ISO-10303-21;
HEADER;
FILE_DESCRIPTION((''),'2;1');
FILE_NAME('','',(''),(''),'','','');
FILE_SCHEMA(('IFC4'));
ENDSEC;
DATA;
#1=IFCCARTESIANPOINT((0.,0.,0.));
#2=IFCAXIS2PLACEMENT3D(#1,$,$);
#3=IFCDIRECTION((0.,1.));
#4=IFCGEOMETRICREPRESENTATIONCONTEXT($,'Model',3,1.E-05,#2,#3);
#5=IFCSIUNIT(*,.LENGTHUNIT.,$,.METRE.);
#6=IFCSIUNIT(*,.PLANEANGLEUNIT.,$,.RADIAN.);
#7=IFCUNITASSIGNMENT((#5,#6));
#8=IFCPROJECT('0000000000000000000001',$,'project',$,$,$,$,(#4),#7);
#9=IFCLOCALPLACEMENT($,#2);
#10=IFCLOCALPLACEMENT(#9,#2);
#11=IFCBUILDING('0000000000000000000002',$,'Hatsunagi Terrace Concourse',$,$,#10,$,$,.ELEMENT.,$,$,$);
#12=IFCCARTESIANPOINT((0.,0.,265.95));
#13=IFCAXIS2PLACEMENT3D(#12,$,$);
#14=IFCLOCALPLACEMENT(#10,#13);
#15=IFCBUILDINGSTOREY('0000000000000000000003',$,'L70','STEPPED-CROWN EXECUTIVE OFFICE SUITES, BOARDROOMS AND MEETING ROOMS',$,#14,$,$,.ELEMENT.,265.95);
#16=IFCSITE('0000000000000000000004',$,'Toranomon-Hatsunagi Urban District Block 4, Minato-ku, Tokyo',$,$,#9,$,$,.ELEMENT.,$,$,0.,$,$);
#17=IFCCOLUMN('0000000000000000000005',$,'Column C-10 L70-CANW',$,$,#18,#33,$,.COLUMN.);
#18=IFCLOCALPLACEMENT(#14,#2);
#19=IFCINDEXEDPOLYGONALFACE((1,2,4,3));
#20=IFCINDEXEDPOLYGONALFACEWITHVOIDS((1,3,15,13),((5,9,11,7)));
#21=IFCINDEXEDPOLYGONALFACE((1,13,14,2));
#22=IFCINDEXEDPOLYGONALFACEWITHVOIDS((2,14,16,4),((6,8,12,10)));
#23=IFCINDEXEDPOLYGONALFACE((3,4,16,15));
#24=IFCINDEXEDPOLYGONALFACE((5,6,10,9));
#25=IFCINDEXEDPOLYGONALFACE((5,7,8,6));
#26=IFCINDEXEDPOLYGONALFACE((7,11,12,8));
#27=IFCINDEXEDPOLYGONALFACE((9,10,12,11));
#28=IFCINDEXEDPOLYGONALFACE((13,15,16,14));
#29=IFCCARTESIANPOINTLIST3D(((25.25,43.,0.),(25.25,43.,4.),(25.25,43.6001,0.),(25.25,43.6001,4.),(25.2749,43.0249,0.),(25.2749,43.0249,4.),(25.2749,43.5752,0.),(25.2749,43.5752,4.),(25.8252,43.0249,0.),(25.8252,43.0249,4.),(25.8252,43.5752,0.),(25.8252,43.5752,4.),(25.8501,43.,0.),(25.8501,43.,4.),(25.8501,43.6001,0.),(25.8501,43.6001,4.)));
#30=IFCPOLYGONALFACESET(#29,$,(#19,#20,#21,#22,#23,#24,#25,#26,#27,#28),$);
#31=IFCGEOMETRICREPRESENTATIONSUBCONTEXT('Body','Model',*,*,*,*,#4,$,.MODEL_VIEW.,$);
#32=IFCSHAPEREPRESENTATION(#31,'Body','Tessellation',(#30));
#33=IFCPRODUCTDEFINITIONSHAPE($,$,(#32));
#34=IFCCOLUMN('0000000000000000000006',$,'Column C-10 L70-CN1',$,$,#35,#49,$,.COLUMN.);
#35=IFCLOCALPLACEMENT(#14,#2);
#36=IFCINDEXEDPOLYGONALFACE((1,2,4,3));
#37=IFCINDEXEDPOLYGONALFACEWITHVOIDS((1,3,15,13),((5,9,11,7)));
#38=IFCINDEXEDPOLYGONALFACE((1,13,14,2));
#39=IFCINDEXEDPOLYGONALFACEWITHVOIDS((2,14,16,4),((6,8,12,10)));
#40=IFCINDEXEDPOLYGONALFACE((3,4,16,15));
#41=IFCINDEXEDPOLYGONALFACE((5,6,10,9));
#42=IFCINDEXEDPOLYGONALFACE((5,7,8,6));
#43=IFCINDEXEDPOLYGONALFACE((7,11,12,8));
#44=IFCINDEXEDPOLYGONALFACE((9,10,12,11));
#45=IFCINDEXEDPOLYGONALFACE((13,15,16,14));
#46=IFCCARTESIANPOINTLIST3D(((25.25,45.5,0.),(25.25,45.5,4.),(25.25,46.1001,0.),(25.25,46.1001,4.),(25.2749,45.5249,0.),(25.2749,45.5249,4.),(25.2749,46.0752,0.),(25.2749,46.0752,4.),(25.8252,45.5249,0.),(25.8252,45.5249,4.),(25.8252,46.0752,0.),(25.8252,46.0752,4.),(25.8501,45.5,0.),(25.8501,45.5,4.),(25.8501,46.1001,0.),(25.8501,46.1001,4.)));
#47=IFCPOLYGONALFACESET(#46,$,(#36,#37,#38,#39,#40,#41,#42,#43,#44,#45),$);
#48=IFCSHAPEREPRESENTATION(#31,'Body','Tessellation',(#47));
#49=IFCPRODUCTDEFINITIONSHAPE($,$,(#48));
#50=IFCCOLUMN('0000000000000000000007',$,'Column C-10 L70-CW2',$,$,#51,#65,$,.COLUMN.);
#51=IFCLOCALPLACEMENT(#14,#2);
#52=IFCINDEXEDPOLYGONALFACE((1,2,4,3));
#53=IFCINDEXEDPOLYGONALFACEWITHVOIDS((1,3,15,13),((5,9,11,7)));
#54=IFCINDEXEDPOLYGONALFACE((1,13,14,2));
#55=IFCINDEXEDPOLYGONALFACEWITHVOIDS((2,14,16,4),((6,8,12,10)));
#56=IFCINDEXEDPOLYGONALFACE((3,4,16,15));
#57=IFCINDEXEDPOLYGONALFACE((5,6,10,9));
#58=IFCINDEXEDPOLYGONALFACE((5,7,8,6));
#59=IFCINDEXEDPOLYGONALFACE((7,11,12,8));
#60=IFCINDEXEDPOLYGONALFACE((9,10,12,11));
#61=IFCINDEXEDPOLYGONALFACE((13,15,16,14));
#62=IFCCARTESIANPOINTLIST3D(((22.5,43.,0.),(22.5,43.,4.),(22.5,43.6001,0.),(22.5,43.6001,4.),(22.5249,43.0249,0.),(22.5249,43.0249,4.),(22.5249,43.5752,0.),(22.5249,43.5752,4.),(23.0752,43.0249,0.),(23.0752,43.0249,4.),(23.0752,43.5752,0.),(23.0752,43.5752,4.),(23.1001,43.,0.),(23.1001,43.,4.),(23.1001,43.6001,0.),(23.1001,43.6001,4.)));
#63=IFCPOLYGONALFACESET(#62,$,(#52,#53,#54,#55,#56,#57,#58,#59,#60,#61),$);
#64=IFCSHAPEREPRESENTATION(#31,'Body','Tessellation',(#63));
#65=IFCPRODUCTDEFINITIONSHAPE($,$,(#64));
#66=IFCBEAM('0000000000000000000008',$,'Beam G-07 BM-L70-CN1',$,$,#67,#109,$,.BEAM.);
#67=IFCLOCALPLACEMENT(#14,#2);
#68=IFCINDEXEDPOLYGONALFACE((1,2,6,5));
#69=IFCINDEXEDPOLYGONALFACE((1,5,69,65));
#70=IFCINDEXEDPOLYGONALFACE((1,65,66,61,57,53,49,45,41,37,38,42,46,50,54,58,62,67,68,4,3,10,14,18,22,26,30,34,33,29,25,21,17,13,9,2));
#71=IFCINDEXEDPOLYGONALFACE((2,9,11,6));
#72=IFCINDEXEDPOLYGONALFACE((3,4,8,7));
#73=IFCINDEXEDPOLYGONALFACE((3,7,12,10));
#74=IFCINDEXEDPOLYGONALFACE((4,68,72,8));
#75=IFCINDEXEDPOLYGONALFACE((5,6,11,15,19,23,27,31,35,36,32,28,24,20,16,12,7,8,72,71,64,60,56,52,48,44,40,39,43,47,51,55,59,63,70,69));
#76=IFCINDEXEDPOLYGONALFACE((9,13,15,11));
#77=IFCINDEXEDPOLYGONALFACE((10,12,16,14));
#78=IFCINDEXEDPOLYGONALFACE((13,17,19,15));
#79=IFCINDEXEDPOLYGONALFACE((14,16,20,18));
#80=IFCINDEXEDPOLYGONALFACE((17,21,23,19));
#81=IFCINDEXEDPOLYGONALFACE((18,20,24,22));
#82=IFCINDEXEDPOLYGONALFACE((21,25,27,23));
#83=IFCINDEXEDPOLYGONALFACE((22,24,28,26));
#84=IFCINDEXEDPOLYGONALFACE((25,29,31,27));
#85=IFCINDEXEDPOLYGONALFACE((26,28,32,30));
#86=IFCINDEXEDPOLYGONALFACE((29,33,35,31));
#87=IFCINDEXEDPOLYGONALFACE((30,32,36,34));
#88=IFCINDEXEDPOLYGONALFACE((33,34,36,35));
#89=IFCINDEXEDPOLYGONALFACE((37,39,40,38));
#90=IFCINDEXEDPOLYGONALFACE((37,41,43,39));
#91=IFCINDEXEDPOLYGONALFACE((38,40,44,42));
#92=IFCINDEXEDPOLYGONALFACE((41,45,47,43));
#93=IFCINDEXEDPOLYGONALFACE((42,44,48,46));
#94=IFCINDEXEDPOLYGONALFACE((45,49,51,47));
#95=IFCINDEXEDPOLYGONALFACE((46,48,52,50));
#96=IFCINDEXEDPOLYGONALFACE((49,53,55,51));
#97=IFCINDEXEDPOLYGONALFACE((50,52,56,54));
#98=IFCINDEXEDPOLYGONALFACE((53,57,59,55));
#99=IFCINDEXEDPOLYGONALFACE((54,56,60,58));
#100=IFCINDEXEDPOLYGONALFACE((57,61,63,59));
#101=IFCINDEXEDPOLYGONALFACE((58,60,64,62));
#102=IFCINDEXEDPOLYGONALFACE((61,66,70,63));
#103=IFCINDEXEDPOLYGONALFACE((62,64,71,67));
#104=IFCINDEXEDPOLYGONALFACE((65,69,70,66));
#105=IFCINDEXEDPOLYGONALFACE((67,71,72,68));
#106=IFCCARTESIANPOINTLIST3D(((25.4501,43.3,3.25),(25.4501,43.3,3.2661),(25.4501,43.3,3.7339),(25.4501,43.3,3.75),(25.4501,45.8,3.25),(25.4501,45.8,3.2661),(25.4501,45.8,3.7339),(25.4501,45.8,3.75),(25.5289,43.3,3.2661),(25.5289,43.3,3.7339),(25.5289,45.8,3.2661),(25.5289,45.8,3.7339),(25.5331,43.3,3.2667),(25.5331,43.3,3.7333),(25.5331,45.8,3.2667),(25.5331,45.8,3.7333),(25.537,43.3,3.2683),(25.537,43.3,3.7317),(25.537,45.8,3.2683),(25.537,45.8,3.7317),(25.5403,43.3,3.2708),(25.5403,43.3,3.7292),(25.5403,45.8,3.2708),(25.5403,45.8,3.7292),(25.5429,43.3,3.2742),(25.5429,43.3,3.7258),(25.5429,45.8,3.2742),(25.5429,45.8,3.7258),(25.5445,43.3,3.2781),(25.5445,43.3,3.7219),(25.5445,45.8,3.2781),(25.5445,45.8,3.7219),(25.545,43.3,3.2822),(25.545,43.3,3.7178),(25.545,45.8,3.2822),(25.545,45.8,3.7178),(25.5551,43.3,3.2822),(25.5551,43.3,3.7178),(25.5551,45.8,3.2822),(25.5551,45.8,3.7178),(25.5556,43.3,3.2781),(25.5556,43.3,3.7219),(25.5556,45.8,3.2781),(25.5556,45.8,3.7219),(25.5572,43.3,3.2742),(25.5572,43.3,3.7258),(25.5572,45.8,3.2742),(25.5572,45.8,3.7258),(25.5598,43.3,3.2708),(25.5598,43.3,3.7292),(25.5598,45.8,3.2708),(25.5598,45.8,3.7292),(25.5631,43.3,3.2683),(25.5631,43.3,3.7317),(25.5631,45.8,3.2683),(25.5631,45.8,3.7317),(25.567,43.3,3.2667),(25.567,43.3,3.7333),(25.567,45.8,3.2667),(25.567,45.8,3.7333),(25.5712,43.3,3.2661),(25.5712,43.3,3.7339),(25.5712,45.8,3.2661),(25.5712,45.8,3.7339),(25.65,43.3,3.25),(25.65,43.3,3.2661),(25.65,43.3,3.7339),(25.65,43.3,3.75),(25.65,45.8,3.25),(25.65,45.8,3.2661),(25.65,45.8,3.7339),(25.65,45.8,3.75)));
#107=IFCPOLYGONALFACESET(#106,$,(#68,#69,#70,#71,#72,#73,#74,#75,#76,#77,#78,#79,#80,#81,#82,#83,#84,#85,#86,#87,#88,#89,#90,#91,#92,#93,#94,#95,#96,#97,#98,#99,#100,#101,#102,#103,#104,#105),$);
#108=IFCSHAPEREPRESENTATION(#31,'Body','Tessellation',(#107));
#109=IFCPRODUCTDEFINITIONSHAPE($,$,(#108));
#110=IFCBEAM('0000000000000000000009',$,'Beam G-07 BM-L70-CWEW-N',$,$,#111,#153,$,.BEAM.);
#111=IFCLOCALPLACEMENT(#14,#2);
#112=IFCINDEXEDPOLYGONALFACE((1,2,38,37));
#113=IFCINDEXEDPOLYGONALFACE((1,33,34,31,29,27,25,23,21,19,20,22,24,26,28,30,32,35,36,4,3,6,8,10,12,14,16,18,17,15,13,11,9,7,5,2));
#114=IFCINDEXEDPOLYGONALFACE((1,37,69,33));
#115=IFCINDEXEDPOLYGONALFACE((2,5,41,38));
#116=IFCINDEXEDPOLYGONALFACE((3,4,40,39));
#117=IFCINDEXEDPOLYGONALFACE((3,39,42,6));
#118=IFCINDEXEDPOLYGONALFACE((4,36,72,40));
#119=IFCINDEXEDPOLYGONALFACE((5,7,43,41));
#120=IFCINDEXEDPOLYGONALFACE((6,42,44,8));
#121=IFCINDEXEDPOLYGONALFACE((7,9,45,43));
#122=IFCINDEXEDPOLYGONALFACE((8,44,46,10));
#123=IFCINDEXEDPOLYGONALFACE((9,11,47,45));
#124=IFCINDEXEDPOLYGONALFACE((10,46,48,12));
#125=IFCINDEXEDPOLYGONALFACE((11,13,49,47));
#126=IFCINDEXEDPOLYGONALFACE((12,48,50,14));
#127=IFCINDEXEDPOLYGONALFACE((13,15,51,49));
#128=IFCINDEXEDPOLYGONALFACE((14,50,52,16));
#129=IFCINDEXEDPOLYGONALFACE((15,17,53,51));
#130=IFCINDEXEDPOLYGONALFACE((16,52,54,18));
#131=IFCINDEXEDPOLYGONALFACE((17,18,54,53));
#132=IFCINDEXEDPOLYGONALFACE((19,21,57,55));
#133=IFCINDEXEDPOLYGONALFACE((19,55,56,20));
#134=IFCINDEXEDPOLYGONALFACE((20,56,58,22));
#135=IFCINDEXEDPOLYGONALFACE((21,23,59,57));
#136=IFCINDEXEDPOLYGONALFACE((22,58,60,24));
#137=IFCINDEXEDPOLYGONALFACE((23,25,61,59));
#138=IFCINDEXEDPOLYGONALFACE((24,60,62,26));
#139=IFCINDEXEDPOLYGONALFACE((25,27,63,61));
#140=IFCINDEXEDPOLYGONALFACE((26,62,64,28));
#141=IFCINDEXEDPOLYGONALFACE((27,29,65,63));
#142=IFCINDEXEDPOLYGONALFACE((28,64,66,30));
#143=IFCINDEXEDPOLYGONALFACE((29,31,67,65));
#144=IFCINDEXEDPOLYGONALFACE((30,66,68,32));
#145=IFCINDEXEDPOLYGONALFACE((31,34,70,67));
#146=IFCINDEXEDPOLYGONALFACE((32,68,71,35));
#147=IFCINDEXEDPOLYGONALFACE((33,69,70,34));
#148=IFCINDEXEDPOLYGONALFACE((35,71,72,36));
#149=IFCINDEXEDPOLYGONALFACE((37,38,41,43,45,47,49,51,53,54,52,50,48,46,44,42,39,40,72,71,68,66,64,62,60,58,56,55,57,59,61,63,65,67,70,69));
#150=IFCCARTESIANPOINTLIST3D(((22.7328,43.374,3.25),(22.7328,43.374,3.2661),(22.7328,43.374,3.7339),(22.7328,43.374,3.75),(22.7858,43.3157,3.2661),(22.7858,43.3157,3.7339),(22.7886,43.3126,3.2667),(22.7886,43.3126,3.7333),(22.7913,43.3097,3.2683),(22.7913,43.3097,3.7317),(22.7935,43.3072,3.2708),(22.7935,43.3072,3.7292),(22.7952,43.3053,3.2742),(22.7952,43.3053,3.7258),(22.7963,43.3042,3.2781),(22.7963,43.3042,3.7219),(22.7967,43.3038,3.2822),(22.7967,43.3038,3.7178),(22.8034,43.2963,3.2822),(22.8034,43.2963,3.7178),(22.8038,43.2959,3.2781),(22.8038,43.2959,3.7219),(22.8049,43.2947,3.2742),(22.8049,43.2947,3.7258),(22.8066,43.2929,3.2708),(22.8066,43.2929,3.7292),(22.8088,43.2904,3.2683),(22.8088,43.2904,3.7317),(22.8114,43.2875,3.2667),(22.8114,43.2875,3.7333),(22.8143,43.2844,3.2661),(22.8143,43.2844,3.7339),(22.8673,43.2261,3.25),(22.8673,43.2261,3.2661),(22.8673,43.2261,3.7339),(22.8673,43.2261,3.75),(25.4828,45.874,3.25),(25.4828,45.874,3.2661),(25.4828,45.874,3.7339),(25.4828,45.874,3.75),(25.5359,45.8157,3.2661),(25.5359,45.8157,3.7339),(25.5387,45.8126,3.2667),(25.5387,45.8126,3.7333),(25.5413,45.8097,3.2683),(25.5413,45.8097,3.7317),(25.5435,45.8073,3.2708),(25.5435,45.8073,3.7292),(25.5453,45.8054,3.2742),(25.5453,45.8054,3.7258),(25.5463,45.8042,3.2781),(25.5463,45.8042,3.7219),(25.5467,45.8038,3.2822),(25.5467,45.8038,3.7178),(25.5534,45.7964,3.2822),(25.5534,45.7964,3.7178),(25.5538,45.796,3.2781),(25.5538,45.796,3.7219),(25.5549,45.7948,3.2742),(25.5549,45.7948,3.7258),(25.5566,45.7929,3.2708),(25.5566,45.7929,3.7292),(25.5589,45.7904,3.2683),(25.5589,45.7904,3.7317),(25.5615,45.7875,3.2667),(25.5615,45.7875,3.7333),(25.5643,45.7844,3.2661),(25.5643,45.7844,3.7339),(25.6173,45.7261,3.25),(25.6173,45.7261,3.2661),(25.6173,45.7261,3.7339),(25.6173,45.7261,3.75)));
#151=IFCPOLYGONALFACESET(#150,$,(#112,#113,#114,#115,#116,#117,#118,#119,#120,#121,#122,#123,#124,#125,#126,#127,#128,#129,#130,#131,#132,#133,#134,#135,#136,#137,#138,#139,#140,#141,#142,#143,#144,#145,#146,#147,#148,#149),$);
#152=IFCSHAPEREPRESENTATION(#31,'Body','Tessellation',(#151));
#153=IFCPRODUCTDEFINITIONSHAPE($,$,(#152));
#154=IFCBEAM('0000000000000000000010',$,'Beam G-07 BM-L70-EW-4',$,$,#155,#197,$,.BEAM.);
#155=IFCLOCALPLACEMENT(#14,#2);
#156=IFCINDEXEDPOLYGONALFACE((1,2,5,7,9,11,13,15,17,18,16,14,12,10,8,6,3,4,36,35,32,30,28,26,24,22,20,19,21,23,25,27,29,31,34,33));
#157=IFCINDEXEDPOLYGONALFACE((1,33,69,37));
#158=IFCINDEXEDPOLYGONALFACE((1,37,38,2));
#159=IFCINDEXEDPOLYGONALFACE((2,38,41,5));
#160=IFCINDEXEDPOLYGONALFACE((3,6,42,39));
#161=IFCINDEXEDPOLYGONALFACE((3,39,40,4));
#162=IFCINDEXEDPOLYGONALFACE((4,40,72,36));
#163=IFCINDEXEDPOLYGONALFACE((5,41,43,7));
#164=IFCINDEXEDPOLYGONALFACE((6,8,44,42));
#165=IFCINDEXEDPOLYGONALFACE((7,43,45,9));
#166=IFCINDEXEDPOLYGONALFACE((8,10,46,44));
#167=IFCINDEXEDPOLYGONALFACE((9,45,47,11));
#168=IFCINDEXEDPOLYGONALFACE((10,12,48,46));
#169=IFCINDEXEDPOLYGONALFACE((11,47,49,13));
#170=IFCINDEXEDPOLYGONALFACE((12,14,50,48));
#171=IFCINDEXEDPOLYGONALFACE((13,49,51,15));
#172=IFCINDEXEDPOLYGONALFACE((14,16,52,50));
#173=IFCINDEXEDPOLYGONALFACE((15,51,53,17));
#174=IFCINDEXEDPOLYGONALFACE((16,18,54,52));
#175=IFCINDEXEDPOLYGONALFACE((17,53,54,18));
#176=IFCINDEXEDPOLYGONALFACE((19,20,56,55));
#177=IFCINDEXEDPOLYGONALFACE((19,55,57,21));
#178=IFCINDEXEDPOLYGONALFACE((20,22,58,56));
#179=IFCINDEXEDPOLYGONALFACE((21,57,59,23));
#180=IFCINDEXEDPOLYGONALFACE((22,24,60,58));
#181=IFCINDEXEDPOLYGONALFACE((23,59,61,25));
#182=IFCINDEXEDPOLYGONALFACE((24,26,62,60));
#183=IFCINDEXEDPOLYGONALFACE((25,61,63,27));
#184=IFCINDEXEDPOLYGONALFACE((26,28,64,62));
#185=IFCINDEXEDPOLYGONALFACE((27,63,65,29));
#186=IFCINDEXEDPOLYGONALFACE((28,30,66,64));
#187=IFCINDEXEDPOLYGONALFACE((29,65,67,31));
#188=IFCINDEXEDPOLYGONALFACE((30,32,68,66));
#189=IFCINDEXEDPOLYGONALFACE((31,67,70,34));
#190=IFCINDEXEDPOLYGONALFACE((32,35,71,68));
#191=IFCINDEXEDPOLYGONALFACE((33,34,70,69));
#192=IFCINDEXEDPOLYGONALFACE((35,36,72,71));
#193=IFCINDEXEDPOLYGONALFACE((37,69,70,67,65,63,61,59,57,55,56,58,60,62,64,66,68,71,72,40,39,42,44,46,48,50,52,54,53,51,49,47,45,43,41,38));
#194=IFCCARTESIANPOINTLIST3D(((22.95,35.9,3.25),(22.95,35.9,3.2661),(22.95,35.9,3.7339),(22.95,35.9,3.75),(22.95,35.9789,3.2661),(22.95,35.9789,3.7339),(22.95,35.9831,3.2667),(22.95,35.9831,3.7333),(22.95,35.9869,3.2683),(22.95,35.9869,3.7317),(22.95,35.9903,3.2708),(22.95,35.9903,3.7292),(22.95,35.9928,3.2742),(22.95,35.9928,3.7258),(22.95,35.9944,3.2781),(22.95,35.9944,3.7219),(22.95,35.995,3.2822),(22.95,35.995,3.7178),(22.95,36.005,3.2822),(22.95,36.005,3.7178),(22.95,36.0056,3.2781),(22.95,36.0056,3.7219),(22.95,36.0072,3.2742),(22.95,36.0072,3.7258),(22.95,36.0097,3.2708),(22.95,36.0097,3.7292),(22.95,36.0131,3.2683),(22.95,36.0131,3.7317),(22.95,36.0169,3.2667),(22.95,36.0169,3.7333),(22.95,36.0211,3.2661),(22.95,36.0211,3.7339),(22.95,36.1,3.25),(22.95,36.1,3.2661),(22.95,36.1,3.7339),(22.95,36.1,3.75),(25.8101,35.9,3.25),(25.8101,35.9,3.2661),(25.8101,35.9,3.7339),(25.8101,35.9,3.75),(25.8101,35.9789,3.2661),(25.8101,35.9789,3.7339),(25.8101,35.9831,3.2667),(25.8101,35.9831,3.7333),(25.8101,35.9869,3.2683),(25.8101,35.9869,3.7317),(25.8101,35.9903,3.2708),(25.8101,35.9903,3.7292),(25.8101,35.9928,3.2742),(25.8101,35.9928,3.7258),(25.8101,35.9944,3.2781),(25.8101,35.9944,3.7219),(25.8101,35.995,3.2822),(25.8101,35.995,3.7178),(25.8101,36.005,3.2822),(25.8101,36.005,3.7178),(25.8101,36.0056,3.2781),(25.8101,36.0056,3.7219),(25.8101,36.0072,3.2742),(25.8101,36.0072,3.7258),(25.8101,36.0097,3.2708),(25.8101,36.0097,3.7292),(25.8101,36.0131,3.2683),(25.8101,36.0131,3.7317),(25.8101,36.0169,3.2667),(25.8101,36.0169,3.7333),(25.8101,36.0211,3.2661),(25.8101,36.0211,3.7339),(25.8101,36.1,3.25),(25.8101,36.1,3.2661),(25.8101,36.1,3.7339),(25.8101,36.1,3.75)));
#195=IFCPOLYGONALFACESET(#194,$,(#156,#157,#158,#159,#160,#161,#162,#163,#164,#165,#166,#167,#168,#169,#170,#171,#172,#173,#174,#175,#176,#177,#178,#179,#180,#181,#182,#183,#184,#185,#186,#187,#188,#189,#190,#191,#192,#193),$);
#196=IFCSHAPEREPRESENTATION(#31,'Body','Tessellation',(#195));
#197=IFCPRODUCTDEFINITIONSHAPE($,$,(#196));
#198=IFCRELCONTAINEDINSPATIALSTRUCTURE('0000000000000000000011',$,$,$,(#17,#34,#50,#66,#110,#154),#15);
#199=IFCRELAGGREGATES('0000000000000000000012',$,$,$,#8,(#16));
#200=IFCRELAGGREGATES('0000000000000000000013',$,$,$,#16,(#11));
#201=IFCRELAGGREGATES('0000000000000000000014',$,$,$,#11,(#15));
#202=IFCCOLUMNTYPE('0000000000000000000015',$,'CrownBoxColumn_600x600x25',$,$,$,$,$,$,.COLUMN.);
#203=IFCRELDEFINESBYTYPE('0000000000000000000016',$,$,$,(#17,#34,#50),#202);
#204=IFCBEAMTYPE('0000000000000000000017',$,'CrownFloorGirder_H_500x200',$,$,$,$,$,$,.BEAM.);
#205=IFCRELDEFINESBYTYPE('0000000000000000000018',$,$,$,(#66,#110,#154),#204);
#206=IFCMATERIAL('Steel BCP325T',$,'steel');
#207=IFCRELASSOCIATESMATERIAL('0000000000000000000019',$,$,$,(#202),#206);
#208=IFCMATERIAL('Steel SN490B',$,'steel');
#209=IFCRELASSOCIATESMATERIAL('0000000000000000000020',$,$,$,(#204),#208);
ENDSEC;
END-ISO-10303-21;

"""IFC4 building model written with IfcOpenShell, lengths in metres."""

from ifc_helpers import new_model, si_unit, direction, frame, origin, origin_2d, place, context, subcontext, project, spatial, hollow_rectangle, i_section, extrude, material, material_profile, profile_set, type_object, element, save


model = new_model("IFC4")

# Units and contexts
model_context = context("Model", 3, precision=1e-05, world=origin(), true_north=direction((0.0, 1.0)))
body_context = subcontext(model_context, "Body", "Model", "MODEL_VIEW")
ifc_project = project(units=[si_unit("LENGTHUNIT", "METRE"), si_unit("PLANEANGLEUNIT", "RADIAN")], contexts=[model_context])

# Site, building, storey
site_placement = place(None, origin())
site = spatial("IfcSite", under=ifc_project, at=site_placement, Name="Toranomon-Hatsunagi Urban District Block 4, Minato-ku, Tokyo", CompositionType="ELEMENT", RefElevation=0.0)
building_placement = place(site_placement, origin())
building = spatial("IfcBuilding", under=site, at=building_placement, Name="Hatsunagi Terrace Concourse", CompositionType="ELEMENT")
storey_placement = place(building_placement, frame((0.0, 0.0, 265.95)))
storey = spatial("IfcBuildingStorey", under=building, at=storey_placement, Name="L70", Description="STEPPED-CROWN EXECUTIVE OFFICE SUITES, BOARDROOMS AND MEETING ROOMS", CompositionType="ELEMENT", Elevation=265.95)

# Columns
ifc_material_1 = material(Name="Steel BCP325T", Category="steel")
ifc_material_profile_1 = material_profile(ifc_material_1, hollow_rectangle(XDim=0.6001, YDim=0.6001, WallThickness=0.0249, at=origin_2d()), Name="BCP-600x600x25")
ifc_profile_set_1 = profile_set([ifc_material_profile_1], Name="Steel BCP325T")
column_type = type_object("IfcColumnType", Name="CrownBoxColumn_600x600x25", PredefinedType="COLUMN", material=ifc_profile_set_1)
for number, where, z_axis, x_axis, name in (
    (1, (25.55, 43.3, 0.0), (0.0, 0.0, 1.0), (1.0, 0.0, 0.0), "Column C-10 L70-CANW"),
    (2, (25.55, 45.8, 0.0), (0.0, 0.0, 1.0), (1.0, 0.0, 0.0), "Column C-10 L70-CN1"),
    (3, (22.8, 43.3, 0.0), (0.0, 0.0, 1.0), (1.0, 0.0, 0.0), "Column C-10 L70-CW2"),
):
    element("IfcColumn", number, at=place(storey_placement, frame(where, z_axis=z_axis, x_axis=x_axis)), inside=storey, type_object=column_type, Name=name, PredefinedType="COLUMN", context=body_context, shape_type="SweptSolid", body=[
        extrude(hollow_rectangle(XDim=0.6001, YDim=0.6001, WallThickness=0.0249, at=origin_2d()), origin(), (0.0, 0.0, 1.0), 4.0),
    ])

# Beams
ifc_material_2 = material(Name="Steel SN490B", Category="steel")
ifc_material_profile_2 = material_profile(ifc_material_2, i_section(OverallWidth=0.2, OverallDepth=0.5, WebThickness=0.01, FlangeThickness=0.0161, FilletRadius=0.0161, at=origin_2d()), Name="H-500x200x10x16")
ifc_profile_set_2 = profile_set([ifc_material_profile_2], Name="Steel SN490B")
beam_type_1 = type_object("IfcBeamType", Name="CrownFloorGirder_H_500x200", PredefinedType="BEAM", material=ifc_profile_set_2)
beam_1_placement = place(storey_placement, frame((25.55, 43.3, 3.5), z_axis=(0.0, 1.0, 0.0), x_axis=(-1.0, 0.0, 0.0)))
element("IfcBeam", 4, at=beam_1_placement, inside=storey, type_object=beam_type_1, Name="Beam G-07 BM-L70-CN1", PredefinedType="BEAM", context=body_context, shape_type="SweptSolid", body=[
    extrude(i_section(OverallWidth=0.2, OverallDepth=0.5, WebThickness=0.01, FlangeThickness=0.0161, FilletRadius=0.0161, at=origin_2d()), origin(), (0.0, 0.0, 1.0), 2.5),
])
beam_2_placement = place(storey_placement, frame((22.8, 43.3, 3.5), z_axis=(0.73994, 0.672673, 0.0), x_axis=(-0.672673, 0.73994, 0.0)))
element("IfcBeam", 5, at=beam_2_placement, inside=storey, type_object=beam_type_1, Name="Beam G-07 BM-L70-CWEW-N", PredefinedType="BEAM", context=body_context, shape_type="SweptSolid", body=[
    extrude(i_section(OverallWidth=0.2, OverallDepth=0.5, WebThickness=0.01, FlangeThickness=0.0161, FilletRadius=0.0161, at=origin_2d()), origin(), (0.0, 0.0, 1.0), 3.7166),
])
beam_3_placement = place(storey_placement, frame((22.95, 36.0, 3.5), z_axis=(1.0, 0.0, 0.0), x_axis=(0.0, 1.0, 0.0)))
element("IfcBeam", 6, at=beam_3_placement, inside=storey, type_object=beam_type_1, Name="Beam G-07 BM-L70-EW-4", PredefinedType="BEAM", context=body_context, shape_type="SweptSolid", body=[
    extrude(i_section(OverallWidth=0.2, OverallDepth=0.5, WebThickness=0.01, FlangeThickness=0.0161, FilletRadius=0.0161, at=origin_2d()), origin(), (0.0, 0.0, 1.0), 2.8601),
])

save(model, "model.ifc")
